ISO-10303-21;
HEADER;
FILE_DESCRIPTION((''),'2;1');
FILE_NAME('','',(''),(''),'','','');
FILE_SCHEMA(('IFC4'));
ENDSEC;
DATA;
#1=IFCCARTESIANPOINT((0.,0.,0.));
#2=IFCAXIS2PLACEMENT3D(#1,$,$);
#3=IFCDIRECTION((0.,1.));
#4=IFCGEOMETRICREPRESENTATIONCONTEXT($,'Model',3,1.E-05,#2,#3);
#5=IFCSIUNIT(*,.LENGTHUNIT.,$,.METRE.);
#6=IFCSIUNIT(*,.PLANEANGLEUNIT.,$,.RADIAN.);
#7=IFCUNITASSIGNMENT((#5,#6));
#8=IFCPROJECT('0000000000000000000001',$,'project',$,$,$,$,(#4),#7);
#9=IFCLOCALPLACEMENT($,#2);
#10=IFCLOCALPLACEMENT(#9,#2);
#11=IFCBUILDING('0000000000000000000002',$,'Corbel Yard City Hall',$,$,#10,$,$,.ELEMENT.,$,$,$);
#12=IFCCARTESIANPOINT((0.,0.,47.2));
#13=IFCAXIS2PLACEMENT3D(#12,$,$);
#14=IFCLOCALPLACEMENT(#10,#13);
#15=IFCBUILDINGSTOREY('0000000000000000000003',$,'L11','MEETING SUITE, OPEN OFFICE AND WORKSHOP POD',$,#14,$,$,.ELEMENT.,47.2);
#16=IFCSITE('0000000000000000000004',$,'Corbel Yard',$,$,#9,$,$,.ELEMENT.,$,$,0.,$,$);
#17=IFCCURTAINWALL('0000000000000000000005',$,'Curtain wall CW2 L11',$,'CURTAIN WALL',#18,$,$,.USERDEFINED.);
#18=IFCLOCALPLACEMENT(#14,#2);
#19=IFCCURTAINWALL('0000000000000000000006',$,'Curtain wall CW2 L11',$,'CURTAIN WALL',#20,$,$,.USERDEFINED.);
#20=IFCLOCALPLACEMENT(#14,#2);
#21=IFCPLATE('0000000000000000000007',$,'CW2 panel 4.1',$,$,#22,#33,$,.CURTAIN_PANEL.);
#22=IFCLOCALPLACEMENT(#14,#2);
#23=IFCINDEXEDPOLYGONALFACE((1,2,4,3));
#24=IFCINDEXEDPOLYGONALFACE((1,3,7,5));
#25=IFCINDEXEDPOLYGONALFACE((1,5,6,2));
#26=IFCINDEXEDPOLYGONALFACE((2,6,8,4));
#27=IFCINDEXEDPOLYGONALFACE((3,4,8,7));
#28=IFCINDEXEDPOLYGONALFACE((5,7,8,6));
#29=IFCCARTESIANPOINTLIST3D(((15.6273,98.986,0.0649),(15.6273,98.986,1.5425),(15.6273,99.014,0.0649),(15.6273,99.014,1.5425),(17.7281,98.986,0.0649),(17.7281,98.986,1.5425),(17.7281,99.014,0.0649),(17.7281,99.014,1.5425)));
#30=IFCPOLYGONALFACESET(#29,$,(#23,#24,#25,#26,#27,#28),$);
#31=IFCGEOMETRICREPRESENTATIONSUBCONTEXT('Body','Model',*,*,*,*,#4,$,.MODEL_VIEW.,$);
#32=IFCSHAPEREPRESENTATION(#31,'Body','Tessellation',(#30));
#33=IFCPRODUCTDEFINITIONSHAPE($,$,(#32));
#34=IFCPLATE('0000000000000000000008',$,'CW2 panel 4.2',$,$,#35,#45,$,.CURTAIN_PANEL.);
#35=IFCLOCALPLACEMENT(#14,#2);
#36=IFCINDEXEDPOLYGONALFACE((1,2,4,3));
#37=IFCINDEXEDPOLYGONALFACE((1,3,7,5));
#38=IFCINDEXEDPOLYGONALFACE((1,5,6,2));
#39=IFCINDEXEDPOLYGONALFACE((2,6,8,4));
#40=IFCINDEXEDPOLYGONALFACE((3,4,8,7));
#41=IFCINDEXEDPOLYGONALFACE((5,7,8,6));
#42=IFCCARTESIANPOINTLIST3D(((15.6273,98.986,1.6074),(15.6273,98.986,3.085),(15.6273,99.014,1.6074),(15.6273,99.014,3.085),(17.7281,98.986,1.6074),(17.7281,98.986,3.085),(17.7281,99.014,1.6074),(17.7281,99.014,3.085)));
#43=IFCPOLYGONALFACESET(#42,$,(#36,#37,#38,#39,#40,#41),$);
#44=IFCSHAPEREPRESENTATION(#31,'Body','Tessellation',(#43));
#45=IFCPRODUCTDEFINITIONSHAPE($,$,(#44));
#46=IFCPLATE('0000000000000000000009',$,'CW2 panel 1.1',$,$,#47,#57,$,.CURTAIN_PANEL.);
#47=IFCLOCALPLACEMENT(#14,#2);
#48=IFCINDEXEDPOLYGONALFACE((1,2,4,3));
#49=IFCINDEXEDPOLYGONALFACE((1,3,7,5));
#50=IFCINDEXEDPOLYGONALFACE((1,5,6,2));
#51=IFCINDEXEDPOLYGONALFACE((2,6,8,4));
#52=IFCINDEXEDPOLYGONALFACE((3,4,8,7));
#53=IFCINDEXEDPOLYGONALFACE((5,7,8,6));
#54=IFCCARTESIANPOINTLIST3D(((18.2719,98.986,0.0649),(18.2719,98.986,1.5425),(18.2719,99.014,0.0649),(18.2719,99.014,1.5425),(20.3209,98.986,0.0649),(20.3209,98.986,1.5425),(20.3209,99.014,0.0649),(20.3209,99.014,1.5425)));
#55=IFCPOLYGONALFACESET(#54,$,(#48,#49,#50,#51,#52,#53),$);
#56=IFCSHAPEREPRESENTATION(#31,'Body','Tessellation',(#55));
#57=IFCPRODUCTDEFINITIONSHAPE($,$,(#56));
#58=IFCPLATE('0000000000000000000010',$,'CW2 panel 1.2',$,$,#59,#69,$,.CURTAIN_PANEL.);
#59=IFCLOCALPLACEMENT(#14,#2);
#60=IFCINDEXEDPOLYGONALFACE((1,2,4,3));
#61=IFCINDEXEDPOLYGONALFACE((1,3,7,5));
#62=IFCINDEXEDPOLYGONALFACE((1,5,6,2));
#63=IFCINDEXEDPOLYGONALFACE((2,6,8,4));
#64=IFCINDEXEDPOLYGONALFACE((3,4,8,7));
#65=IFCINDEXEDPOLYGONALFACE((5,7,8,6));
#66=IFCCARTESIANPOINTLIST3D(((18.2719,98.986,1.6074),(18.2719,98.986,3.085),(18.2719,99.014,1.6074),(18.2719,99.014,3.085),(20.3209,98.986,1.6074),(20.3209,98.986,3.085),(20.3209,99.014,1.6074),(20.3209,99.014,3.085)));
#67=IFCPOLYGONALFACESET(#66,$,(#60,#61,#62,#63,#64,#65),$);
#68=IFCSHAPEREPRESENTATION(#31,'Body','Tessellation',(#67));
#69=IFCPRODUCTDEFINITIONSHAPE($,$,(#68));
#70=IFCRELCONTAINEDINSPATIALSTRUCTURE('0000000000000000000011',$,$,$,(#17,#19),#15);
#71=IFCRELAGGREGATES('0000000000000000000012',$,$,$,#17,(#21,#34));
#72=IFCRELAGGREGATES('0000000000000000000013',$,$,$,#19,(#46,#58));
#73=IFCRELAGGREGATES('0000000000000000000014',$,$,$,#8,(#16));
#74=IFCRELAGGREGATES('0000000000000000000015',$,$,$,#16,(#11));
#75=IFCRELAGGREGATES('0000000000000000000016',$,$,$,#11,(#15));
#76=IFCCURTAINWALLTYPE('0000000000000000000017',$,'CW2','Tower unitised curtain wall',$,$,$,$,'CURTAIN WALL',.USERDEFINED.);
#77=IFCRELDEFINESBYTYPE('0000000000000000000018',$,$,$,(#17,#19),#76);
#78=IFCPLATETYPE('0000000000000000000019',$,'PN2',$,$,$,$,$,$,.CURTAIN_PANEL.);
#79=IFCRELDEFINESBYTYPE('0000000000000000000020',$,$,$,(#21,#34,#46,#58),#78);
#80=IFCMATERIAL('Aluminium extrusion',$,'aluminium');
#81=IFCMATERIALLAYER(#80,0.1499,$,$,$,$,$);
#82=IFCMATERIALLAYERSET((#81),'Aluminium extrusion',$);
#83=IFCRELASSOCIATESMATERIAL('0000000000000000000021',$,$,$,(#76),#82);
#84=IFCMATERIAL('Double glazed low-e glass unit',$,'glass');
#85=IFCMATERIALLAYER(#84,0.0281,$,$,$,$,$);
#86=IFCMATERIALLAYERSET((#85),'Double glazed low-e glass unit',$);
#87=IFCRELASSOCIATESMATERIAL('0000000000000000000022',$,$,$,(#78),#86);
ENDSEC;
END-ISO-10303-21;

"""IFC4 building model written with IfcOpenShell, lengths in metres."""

from ifc_helpers import new_model, si_unit, direction, frame, origin, origin_2d, place, context, subcontext, project, spatial, rectangle, extrude, material, layer, layer_set, type_object, element, aggregate, save


model = new_model("IFC4")

# Units and contexts
model_context = context("Model", 3, precision=1e-05, world=origin(), true_north=direction((0.0, 1.0)))
body_context = subcontext(model_context, "Body", "Model", "MODEL_VIEW")
ifc_project = project(units=[si_unit("LENGTHUNIT", "METRE"), si_unit("PLANEANGLEUNIT", "RADIAN")], contexts=[model_context])

# Site, building, storey
site_placement = place(None, origin())
site = spatial("IfcSite", under=ifc_project, at=site_placement, Name="Corbel Yard", CompositionType="ELEMENT", RefElevation=0.0)
building_placement = place(site_placement, origin())
building = spatial("IfcBuilding", under=site, at=building_placement, Name="Corbel Yard City Hall", CompositionType="ELEMENT")
storey_placement = place(building_placement, frame((0.0, 0.0, 47.2)))
storey = spatial("IfcBuildingStorey", under=building, at=storey_placement, Name="L11", Description="MEETING SUITE, OPEN OFFICE AND WORKSHOP POD", CompositionType="ELEMENT", Elevation=47.2)

# Curtain walls
ifc_material_1 = material(Name="Aluminium extrusion", Category="aluminium")
ifc_layer_1 = layer(ifc_material_1, 0.1499)
ifc_layer_set_1 = layer_set([ifc_layer_1], Name="Aluminium extrusion")
curtain_wall_type = type_object("IfcCurtainWallType", Name="CW2", Description="Tower unitised curtain wall", ElementType="CURTAIN WALL", PredefinedType="USERDEFINED", material=ifc_layer_set_1)
curtain_wall_1_placement = place(storey_placement, origin())
curtain_wall_1 = element("IfcCurtainWall", 1, at=curtain_wall_1_placement, inside=storey, type_object=curtain_wall_type, Name="Curtain wall CW2 L11", ObjectType="CURTAIN WALL", PredefinedType="USERDEFINED")
curtain_wall_2_placement = place(storey_placement, origin())
curtain_wall_2 = element("IfcCurtainWall", 2, at=curtain_wall_2_placement, inside=storey, type_object=curtain_wall_type, Name="Curtain wall CW2 L11", ObjectType="CURTAIN WALL", PredefinedType="USERDEFINED")

# Plates
ifc_material_2 = material(Name="Double glazed low-e glass unit", Category="glass")
ifc_layer_2 = layer(ifc_material_2, 0.0281)
ifc_layer_set_2 = layer_set([ifc_layer_2], Name="Double glazed low-e glass unit")
plate_type = type_object("IfcPlateType", Name="PN2", PredefinedType="CURTAIN_PANEL", material=ifc_layer_set_2)
plate_1_placement = place(storey_placement, frame((16.6777, 99.0, 0.0649), z_axis=(0.0, 0.0, 1.0), x_axis=(1.0, 0.0, 0.0)))
plate_1 = element("IfcPlate", 3, at=plate_1_placement, type_object=plate_type, Name="CW2 panel 4.1", PredefinedType="CURTAIN_PANEL", context=body_context, shape_type="SweptSolid", body=[
    extrude(rectangle(XDim=2.1008, YDim=0.0281, at=origin_2d()), origin(), (0.0, 0.0, 1.0), 1.4775),
])
plate_2_placement = place(storey_placement, frame((16.6777, 99.0, 1.6074), z_axis=(0.0, 0.0, 1.0), x_axis=(1.0, 0.0, 0.0)))
plate_2 = element("IfcPlate", 4, at=plate_2_placement, type_object=plate_type, Name="CW2 panel 4.2", PredefinedType="CURTAIN_PANEL", context=body_context, shape_type="SweptSolid", body=[
    extrude(rectangle(XDim=2.1008, YDim=0.0281, at=origin_2d()), origin(), (0.0, 0.0, 1.0), 1.4775),
])
aggregate(curtain_wall_1, [plate_1, plate_2])
plate_3_placement = place(storey_placement, frame((19.2964, 99.0, 0.0649), z_axis=(0.0, 0.0, 1.0), x_axis=(1.0, 0.0, 0.0)))
plate_3 = element("IfcPlate", 5, at=plate_3_placement, type_object=plate_type, Name="CW2 panel 1.1", PredefinedType="CURTAIN_PANEL", context=body_context, shape_type="SweptSolid", body=[
    extrude(rectangle(XDim=2.0491, YDim=0.0281, at=origin_2d()), origin(), (0.0, 0.0, 1.0), 1.4775),
])
plate_4_placement = place(storey_placement, frame((19.2964, 99.0, 1.6074), z_axis=(0.0, 0.0, 1.0), x_axis=(1.0, 0.0, 0.0)))
plate_4 = element("IfcPlate", 6, at=plate_4_placement, type_object=plate_type, Name="CW2 panel 1.2", PredefinedType="CURTAIN_PANEL", context=body_context, shape_type="SweptSolid", body=[
    extrude(rectangle(XDim=2.0491, YDim=0.0281, at=origin_2d()), origin(), (0.0, 0.0, 1.0), 1.4775),
])
aggregate(curtain_wall_2, [plate_3, plate_4])

save(model, "model.ifc")
